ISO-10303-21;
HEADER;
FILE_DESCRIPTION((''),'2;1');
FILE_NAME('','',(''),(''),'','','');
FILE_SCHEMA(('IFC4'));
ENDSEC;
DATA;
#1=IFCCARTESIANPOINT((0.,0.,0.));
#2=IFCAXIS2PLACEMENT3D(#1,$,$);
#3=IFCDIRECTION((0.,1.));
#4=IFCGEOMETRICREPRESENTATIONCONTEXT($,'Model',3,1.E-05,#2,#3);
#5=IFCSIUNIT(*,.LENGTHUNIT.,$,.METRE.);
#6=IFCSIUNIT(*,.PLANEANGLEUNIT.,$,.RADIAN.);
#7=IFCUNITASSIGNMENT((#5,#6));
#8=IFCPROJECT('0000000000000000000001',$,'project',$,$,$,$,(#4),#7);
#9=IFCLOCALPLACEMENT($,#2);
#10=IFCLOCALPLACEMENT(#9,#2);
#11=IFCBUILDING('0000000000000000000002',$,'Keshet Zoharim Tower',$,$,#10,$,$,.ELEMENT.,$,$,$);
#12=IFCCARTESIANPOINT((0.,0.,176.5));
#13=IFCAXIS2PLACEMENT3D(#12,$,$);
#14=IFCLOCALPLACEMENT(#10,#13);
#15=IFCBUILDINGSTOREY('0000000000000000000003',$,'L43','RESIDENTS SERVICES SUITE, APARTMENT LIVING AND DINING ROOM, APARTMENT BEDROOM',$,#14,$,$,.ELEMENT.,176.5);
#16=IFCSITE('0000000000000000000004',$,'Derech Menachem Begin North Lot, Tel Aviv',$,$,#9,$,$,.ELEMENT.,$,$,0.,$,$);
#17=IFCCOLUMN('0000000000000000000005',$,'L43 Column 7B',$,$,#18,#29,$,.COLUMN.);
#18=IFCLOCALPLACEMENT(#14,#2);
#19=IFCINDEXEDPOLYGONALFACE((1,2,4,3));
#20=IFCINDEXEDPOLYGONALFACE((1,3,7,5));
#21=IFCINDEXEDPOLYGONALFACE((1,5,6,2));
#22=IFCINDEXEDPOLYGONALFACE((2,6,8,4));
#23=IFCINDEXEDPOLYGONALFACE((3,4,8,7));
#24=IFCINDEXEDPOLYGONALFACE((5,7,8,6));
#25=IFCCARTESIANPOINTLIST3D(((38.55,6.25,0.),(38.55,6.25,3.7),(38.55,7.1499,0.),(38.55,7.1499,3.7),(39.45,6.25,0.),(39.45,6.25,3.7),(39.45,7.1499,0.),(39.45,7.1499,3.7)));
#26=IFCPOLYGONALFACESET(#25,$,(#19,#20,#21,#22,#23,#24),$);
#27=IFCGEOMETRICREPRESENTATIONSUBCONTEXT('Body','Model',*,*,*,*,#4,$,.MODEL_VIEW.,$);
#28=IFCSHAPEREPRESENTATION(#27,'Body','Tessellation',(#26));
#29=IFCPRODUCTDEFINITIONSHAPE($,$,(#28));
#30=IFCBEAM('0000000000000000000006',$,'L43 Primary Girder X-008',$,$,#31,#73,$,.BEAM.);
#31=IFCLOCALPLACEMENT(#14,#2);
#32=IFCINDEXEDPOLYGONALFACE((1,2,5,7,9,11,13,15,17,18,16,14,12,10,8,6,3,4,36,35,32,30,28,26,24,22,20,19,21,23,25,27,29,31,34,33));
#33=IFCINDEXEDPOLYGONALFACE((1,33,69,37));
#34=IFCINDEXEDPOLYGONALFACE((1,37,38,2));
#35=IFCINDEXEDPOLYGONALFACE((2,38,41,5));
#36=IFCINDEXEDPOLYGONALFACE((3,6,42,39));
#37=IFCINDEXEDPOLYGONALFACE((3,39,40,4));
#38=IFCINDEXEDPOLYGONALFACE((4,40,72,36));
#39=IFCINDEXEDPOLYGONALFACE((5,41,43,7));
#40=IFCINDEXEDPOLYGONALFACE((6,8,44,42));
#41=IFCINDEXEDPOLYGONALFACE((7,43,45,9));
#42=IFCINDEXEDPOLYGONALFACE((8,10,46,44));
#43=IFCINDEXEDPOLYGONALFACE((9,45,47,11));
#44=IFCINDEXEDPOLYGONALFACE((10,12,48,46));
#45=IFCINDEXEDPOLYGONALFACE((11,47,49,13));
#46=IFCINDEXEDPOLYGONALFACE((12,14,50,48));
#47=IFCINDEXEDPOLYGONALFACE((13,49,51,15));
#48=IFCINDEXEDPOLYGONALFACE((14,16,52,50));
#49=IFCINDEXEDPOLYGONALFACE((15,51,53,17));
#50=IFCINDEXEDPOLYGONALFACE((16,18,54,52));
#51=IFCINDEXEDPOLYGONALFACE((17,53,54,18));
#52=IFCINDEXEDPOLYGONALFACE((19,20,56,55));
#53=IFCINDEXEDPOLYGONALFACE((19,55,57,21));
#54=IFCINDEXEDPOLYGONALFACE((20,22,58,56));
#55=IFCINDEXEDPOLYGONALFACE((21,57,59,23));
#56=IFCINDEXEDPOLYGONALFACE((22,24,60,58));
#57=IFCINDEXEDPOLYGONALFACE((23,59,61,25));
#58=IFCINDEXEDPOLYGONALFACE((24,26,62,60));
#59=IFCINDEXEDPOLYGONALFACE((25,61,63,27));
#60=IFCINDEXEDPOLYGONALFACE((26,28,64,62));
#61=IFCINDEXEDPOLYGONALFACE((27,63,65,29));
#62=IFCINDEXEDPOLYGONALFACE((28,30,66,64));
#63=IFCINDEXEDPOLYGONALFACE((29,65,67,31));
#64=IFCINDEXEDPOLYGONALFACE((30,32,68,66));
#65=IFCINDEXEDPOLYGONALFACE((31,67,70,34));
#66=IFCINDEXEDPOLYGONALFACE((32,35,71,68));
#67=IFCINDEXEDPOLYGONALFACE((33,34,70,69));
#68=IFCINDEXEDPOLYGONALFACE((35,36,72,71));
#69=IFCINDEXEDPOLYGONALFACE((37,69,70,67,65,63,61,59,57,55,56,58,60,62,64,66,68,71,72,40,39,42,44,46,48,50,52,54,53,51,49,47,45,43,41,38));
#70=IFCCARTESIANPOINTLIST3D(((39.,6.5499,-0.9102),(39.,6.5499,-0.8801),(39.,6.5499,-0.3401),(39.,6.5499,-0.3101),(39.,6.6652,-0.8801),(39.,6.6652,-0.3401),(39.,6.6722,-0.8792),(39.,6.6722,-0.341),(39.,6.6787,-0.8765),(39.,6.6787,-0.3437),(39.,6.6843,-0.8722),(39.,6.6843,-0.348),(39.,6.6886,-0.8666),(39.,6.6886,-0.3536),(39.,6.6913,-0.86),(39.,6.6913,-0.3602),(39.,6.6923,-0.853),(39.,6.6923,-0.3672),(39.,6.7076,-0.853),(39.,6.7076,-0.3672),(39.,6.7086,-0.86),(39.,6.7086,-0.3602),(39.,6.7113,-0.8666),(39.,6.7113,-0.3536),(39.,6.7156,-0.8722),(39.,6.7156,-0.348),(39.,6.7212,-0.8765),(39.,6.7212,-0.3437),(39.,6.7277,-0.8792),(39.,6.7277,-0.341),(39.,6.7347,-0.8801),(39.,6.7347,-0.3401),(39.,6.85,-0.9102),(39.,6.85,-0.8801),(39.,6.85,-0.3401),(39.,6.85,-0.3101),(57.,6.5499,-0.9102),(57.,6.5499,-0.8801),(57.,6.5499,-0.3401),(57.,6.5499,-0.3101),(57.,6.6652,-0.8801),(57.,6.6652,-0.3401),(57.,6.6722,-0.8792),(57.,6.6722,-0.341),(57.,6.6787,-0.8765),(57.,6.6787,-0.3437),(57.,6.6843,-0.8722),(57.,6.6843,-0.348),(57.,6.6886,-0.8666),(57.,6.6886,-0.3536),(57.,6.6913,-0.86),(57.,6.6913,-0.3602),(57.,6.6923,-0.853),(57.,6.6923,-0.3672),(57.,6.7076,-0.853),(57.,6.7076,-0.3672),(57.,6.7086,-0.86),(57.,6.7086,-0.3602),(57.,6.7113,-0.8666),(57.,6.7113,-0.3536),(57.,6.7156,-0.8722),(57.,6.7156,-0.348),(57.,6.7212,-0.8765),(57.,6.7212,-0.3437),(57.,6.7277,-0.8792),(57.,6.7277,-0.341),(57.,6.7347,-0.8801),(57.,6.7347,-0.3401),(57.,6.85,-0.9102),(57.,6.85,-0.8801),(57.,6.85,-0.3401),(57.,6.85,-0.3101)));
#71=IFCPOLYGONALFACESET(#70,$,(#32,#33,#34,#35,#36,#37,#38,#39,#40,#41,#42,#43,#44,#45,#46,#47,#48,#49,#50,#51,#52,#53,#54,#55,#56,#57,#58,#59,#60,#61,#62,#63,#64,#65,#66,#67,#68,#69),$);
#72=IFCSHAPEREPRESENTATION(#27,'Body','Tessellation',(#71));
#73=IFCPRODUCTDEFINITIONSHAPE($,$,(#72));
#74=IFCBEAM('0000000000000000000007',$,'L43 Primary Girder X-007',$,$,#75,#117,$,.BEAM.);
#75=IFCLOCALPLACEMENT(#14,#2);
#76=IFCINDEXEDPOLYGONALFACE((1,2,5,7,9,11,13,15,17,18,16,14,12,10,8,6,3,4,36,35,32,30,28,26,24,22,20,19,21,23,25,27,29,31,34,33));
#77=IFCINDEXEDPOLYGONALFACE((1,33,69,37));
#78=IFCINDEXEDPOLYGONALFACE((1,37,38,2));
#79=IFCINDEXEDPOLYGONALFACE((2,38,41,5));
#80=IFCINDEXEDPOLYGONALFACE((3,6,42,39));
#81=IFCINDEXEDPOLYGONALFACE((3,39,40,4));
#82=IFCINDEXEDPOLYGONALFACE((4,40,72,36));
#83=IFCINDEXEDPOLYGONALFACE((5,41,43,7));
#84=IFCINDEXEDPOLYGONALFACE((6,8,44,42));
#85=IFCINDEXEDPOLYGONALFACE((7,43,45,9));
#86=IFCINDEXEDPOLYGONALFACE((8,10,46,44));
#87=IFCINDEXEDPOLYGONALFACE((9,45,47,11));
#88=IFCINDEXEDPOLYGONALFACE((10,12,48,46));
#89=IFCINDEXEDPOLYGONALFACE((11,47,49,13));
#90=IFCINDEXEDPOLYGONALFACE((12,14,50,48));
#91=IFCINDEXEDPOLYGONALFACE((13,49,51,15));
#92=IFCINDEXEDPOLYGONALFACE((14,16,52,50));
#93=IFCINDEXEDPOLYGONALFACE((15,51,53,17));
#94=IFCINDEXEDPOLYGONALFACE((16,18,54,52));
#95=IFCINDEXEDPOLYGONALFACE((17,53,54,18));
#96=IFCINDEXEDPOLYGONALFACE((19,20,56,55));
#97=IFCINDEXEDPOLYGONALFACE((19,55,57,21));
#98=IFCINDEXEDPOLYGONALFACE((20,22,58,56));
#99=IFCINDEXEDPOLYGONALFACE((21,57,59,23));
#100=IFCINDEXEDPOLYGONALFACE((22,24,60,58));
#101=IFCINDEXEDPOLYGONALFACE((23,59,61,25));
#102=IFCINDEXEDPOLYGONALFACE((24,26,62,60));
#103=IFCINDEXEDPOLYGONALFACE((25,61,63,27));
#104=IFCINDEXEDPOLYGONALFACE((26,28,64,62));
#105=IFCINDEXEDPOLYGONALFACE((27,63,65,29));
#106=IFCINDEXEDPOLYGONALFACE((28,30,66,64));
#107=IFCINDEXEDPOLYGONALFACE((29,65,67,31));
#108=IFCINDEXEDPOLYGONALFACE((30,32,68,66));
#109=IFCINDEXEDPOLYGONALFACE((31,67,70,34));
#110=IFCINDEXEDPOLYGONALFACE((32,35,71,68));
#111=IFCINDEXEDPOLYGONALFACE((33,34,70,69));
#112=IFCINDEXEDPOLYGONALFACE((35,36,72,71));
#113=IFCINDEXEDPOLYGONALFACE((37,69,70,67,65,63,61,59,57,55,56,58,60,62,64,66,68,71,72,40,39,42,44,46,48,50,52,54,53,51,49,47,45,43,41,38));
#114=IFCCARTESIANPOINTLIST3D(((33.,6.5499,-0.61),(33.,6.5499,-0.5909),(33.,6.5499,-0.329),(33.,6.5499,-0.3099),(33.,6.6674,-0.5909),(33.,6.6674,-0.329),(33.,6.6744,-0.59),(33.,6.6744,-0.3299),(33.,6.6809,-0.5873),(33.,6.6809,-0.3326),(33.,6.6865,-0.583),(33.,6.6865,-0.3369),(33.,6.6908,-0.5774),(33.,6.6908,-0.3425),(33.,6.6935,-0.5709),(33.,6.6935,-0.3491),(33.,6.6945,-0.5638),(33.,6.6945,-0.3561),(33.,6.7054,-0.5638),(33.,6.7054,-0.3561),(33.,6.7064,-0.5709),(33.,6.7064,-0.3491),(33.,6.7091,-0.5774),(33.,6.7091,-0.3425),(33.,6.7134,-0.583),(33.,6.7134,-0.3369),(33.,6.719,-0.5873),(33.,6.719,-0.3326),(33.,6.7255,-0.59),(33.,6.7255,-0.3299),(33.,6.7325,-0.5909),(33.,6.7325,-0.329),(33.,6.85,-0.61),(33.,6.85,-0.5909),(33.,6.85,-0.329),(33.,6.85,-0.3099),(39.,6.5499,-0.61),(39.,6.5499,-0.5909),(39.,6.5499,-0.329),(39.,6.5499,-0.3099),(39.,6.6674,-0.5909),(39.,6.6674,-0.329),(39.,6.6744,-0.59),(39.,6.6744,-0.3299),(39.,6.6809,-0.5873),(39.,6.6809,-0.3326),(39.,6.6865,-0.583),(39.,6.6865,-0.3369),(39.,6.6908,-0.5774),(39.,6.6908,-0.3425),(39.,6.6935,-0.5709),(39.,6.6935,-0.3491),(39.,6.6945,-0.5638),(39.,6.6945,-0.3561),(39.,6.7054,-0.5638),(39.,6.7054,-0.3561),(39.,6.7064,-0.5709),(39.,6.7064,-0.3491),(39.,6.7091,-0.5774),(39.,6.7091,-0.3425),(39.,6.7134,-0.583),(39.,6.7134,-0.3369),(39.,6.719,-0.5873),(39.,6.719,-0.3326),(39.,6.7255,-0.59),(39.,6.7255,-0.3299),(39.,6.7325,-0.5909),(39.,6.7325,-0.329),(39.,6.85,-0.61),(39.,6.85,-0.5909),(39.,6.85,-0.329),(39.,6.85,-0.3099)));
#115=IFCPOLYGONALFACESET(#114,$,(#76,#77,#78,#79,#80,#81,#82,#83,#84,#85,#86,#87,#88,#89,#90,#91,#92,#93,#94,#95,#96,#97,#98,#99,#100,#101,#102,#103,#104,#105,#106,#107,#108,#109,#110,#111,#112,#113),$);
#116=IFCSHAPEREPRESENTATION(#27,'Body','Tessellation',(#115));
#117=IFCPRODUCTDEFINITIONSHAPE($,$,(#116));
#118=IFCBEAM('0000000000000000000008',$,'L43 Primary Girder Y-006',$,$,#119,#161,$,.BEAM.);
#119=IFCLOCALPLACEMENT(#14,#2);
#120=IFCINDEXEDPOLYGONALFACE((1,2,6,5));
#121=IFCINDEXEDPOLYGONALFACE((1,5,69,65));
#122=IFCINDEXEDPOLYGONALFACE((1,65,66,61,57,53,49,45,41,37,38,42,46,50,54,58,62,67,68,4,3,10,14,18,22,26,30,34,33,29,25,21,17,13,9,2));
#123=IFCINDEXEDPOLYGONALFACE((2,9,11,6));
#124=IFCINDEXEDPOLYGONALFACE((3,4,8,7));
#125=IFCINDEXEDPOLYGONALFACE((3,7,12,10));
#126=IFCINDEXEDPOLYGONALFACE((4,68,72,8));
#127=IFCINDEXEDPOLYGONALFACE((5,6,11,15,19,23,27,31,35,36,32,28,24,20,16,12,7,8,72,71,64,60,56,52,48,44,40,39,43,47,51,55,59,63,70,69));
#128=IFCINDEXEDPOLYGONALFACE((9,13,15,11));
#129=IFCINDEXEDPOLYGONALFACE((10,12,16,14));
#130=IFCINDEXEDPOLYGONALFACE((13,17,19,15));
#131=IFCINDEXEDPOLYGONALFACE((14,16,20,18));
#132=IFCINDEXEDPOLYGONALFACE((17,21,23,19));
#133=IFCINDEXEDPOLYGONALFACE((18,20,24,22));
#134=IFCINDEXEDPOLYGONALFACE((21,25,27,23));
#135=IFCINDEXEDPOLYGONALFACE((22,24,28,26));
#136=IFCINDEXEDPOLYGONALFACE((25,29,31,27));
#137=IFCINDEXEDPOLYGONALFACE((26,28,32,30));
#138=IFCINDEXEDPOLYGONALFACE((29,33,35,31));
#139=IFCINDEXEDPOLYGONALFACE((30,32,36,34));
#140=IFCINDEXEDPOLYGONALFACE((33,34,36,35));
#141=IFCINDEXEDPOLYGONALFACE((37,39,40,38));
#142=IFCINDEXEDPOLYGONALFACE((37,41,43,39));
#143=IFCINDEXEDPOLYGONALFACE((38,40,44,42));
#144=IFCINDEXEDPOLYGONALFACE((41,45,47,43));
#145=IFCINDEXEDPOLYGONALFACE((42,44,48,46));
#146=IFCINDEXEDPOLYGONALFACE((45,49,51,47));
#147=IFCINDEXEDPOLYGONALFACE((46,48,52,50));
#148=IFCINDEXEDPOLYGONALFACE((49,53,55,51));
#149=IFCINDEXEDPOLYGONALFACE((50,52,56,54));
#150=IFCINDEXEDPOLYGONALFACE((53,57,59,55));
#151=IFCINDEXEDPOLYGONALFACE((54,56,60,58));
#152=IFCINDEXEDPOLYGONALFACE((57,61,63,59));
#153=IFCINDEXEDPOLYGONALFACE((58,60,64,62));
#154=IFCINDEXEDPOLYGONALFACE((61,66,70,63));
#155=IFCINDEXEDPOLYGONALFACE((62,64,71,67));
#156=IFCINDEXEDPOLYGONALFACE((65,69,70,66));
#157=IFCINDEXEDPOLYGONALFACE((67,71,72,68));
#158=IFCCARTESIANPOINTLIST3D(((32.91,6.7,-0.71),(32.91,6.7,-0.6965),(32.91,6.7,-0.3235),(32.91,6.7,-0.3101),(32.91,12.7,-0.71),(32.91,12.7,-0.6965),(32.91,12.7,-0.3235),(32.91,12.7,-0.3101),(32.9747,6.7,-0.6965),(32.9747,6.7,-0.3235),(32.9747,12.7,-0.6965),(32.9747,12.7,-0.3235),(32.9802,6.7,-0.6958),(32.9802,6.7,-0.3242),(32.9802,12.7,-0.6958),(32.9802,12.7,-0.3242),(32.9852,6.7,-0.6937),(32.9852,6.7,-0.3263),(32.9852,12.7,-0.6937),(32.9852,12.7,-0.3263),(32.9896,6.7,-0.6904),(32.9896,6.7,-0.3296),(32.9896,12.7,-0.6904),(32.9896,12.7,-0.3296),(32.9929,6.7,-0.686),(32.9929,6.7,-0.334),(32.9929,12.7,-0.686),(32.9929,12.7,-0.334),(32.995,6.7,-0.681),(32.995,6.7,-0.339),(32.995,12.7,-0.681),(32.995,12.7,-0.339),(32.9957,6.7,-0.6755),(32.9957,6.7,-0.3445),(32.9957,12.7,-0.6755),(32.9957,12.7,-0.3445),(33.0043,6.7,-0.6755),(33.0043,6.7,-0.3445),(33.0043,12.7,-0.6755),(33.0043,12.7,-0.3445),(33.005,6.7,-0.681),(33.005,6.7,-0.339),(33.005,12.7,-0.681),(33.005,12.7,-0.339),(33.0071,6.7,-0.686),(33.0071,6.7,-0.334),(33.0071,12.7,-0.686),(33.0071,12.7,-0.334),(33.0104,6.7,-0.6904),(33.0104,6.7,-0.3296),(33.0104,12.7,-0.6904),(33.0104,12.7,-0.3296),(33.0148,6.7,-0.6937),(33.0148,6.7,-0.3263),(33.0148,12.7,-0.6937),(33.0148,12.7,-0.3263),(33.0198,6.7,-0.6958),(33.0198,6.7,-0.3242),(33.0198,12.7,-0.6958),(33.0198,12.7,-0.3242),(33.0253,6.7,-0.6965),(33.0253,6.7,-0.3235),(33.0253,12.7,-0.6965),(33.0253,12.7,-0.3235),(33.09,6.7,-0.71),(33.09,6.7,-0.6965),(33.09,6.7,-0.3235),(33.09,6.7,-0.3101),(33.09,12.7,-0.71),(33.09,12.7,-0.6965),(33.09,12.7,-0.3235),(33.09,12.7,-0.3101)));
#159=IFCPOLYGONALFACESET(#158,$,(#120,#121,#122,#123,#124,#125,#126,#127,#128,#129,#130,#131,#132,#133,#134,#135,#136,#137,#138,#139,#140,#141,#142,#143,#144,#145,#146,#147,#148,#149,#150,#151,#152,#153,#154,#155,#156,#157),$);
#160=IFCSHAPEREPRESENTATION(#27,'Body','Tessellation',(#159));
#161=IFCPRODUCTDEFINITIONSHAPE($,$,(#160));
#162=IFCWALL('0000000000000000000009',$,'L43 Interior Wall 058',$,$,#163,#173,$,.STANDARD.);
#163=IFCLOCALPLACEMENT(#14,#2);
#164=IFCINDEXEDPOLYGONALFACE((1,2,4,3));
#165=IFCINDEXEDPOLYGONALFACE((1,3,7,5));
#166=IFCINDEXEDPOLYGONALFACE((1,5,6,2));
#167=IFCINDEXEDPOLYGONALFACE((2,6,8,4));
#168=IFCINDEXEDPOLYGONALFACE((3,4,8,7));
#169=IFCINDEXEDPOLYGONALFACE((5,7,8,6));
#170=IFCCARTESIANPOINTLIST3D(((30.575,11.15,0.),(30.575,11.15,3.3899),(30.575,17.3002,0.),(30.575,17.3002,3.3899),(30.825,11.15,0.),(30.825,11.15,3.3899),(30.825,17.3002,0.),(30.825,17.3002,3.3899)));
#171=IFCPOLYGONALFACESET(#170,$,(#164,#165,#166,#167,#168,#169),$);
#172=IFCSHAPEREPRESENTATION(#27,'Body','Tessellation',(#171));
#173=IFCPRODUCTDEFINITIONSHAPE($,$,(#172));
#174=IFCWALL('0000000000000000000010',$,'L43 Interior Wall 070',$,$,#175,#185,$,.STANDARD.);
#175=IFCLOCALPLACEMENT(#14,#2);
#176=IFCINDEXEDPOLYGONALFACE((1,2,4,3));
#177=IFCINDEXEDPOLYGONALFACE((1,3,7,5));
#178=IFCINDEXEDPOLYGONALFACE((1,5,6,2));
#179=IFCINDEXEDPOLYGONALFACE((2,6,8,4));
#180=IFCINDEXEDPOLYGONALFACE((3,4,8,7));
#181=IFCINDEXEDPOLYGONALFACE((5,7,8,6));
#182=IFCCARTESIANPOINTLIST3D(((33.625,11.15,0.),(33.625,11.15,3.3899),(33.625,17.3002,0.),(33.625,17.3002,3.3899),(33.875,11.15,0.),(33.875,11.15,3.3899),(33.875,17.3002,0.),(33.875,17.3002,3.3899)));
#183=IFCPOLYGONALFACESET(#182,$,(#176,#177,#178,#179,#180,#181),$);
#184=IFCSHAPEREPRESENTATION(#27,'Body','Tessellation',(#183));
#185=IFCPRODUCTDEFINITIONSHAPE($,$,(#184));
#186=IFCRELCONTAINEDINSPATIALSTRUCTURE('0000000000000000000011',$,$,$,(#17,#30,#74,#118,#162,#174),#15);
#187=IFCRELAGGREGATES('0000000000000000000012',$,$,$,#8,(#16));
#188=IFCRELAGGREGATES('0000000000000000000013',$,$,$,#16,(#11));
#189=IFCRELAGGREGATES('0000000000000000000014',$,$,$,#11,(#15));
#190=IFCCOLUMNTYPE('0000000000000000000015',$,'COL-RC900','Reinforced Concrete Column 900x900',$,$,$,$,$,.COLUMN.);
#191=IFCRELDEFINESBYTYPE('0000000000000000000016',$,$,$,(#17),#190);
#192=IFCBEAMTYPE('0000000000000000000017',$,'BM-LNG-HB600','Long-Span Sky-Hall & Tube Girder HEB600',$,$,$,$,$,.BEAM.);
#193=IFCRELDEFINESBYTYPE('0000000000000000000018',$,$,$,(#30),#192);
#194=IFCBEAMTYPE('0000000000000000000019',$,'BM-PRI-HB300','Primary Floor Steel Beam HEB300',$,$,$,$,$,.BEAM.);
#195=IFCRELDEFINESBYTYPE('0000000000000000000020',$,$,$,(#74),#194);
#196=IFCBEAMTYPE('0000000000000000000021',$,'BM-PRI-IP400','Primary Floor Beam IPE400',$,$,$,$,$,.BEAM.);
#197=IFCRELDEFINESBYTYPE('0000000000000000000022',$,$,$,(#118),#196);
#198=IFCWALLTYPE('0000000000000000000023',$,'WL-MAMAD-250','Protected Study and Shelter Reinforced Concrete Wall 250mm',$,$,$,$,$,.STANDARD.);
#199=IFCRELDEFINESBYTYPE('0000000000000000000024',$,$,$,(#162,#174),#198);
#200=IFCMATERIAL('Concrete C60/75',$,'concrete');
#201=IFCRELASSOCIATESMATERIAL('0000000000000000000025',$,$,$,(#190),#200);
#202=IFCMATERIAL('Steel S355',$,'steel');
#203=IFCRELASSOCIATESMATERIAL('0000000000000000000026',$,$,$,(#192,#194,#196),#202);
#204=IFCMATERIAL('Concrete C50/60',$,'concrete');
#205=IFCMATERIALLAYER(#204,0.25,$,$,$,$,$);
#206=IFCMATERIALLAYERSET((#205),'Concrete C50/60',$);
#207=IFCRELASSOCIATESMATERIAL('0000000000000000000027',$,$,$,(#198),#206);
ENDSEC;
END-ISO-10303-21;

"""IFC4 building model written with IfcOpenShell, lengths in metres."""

from ifc_helpers import new_model, si_unit, direction, frame, frame_2d, origin, origin_2d, place, context, subcontext, project, spatial, rectangle, i_section, extrude, material, layer, layer_set, material_profile, profile_set, type_object, element, save


model = new_model("IFC4")

# Units and contexts
model_context = context("Model", 3, precision=1e-05, world=origin(), true_north=direction((0.0, 1.0)))
body_context = subcontext(model_context, "Body", "Model", "MODEL_VIEW")
ifc_project = project(units=[si_unit("LENGTHUNIT", "METRE"), si_unit("PLANEANGLEUNIT", "RADIAN")], contexts=[model_context])

# Site, building, storey
site_placement = place(None, origin())
site = spatial("IfcSite", under=ifc_project, at=site_placement, Name="Derech Menachem Begin North Lot, Tel Aviv", CompositionType="ELEMENT", RefElevation=0.0)
building_placement = place(site_placement, origin())
building = spatial("IfcBuilding", under=site, at=building_placement, Name="Keshet Zoharim Tower", CompositionType="ELEMENT")
storey_placement = place(building_placement, frame((0.0, 0.0, 176.5)))
storey = spatial("IfcBuildingStorey", under=building, at=storey_placement, Name="L43", Description="RESIDENTS SERVICES SUITE, APARTMENT LIVING AND DINING ROOM, APARTMENT BEDROOM", CompositionType="ELEMENT", Elevation=176.5)

# Column
ifc_material_1 = material(Name="Concrete C60/75", Category="concrete")
ifc_material_profile_1 = material_profile(ifc_material_1, rectangle(XDim=0.8999, YDim=0.8999, at=origin_2d()), Name="RC900x900")
ifc_profile_set_1 = profile_set([ifc_material_profile_1], Name="Concrete C60/75")
column_type = type_object("IfcColumnType", Name="COL-RC900", Description="Reinforced Concrete Column 900x900", PredefinedType="COLUMN", material=ifc_profile_set_1)
column_placement = place(storey_placement, frame((39.0, 6.7, 0.0), z_axis=(0.0, 0.0, 1.0), x_axis=(1.0, 0.0, 0.0)))
element("IfcColumn", 1, at=column_placement, inside=storey, type_object=column_type, Name="L43 Column 7B", PredefinedType="COLUMN", context=body_context, shape_type="SweptSolid", body=[
    extrude(rectangle(XDim=0.8999, YDim=0.8999, at=origin_2d()), origin(), (0.0, 0.0, 1.0), 3.7),
])

# Beams
ifc_material_2 = material(Name="Steel S355", Category="steel")
ifc_material_profile_2 = material_profile(ifc_material_2, i_section(OverallWidth=0.3, OverallDepth=0.6001, WebThickness=0.0154, FlangeThickness=0.03, FilletRadius=0.0271, at=origin_2d()), Name="HEB600")
ifc_profile_set_2 = profile_set([ifc_material_profile_2], Name="Steel S355")
beam_type_1 = type_object("IfcBeamType", Name="BM-LNG-HB600", Description="Long-Span Sky-Hall & Tube Girder HEB600", PredefinedType="BEAM", material=ifc_profile_set_2)
beam_1_placement = place(storey_placement, frame((39.0, 6.7, -0.6101), z_axis=(1.0, 0.0, 0.0), x_axis=(0.0, 1.0, 0.0)))
element("IfcBeam", 2, at=beam_1_placement, inside=storey, type_object=beam_type_1, Name="L43 Primary Girder X-008", PredefinedType="BEAM", context=body_context, shape_type="SweptSolid", body=[
    extrude(i_section(OverallWidth=0.3, OverallDepth=0.6001, WebThickness=0.0154, FlangeThickness=0.03, FilletRadius=0.0271, at=origin_2d()), origin(), (0.0, 0.0, 1.0), 18.0),
])
ifc_material_profile_3 = material_profile(ifc_material_2, i_section(OverallWidth=0.3, OverallDepth=0.3, WebThickness=0.011, FlangeThickness=0.019, FilletRadius=0.0271, at=origin_2d()), Name="HEB300")
ifc_profile_set_3 = profile_set([ifc_material_profile_3], Name="Steel S355")
beam_type_2 = type_object("IfcBeamType", Name="BM-PRI-HB300", Description="Primary Floor Steel Beam HEB300", PredefinedType="BEAM", material=ifc_profile_set_3)
beam_2_placement = place(storey_placement, frame((33.0, 6.7, -0.46), z_axis=(1.0, 0.0, 0.0), x_axis=(0.0, 1.0, 0.0)))
element("IfcBeam", 3, at=beam_2_placement, inside=storey, type_object=beam_type_2, Name="L43 Primary Girder X-007", PredefinedType="BEAM", context=body_context, shape_type="SweptSolid", body=[
    extrude(i_section(OverallWidth=0.3, OverallDepth=0.3, WebThickness=0.011, FlangeThickness=0.019, FilletRadius=0.0271, at=origin_2d()), origin(), (0.0, 0.0, 1.0), 6.0),
])
ifc_material_profile_4 = material_profile(ifc_material_2, i_section(OverallWidth=0.1799, OverallDepth=0.3999, WebThickness=0.0085, FlangeThickness=0.0134, FilletRadius=0.021, at=origin_2d()), Name="IPE400")
ifc_profile_set_4 = profile_set([ifc_material_profile_4], Name="Steel S355")
beam_type_3 = type_object("IfcBeamType", Name="BM-PRI-IP400", Description="Primary Floor Beam IPE400", PredefinedType="BEAM", material=ifc_profile_set_4)
beam_3_placement = place(storey_placement, frame((33.0, 6.7, -0.51), z_axis=(0.0, 1.0, 0.0), x_axis=(-1.0, 0.0, 0.0)))
element("IfcBeam", 4, at=beam_3_placement, inside=storey, type_object=beam_type_3, Name="L43 Primary Girder Y-006", PredefinedType="BEAM", context=body_context, shape_type="SweptSolid", body=[
    extrude(i_section(OverallWidth=0.1799, OverallDepth=0.3999, WebThickness=0.0085, FlangeThickness=0.0134, FilletRadius=0.021, at=origin_2d()), origin(), (0.0, 0.0, 1.0), 6.0),
])

# Walls
ifc_material_3 = material(Name="Concrete C50/60", Category="concrete")
ifc_layer_1 = layer(ifc_material_3, 0.25)
ifc_layer_set_1 = layer_set([ifc_layer_1], Name="Concrete C50/60")
wall_type_1 = type_object("IfcWallType", Name="WL-MAMAD-250", Description="Protected Study and Shelter Reinforced Concrete Wall 250mm", PredefinedType="STANDARD", material=ifc_layer_set_1)
for number, where, z_axis, x_axis, name in (
    (5, (30.7, 11.1499, 0.0), (0.0, 0.0, 1.0), (0.0, 1.0, 0.0), "L43 Interior Wall 058"),
    (6, (33.75, 11.1499, 0.0), (0.0, 0.0, 1.0), (0.0, 1.0, 0.0), "L43 Interior Wall 070"),
):
    element("IfcWall", number, at=place(storey_placement, frame(where, z_axis=z_axis, x_axis=x_axis)), inside=storey, type_object=wall_type_1, Name=name, PredefinedType="STANDARD", context=body_context, shape_type="SweptSolid", body=[
        extrude(rectangle(XDim=6.1501, YDim=0.25, at=frame_2d((3.0752, 0.0))), origin(), (0.0, 0.0, 1.0), 3.3899),
    ])

save(model, "model.ifc")
